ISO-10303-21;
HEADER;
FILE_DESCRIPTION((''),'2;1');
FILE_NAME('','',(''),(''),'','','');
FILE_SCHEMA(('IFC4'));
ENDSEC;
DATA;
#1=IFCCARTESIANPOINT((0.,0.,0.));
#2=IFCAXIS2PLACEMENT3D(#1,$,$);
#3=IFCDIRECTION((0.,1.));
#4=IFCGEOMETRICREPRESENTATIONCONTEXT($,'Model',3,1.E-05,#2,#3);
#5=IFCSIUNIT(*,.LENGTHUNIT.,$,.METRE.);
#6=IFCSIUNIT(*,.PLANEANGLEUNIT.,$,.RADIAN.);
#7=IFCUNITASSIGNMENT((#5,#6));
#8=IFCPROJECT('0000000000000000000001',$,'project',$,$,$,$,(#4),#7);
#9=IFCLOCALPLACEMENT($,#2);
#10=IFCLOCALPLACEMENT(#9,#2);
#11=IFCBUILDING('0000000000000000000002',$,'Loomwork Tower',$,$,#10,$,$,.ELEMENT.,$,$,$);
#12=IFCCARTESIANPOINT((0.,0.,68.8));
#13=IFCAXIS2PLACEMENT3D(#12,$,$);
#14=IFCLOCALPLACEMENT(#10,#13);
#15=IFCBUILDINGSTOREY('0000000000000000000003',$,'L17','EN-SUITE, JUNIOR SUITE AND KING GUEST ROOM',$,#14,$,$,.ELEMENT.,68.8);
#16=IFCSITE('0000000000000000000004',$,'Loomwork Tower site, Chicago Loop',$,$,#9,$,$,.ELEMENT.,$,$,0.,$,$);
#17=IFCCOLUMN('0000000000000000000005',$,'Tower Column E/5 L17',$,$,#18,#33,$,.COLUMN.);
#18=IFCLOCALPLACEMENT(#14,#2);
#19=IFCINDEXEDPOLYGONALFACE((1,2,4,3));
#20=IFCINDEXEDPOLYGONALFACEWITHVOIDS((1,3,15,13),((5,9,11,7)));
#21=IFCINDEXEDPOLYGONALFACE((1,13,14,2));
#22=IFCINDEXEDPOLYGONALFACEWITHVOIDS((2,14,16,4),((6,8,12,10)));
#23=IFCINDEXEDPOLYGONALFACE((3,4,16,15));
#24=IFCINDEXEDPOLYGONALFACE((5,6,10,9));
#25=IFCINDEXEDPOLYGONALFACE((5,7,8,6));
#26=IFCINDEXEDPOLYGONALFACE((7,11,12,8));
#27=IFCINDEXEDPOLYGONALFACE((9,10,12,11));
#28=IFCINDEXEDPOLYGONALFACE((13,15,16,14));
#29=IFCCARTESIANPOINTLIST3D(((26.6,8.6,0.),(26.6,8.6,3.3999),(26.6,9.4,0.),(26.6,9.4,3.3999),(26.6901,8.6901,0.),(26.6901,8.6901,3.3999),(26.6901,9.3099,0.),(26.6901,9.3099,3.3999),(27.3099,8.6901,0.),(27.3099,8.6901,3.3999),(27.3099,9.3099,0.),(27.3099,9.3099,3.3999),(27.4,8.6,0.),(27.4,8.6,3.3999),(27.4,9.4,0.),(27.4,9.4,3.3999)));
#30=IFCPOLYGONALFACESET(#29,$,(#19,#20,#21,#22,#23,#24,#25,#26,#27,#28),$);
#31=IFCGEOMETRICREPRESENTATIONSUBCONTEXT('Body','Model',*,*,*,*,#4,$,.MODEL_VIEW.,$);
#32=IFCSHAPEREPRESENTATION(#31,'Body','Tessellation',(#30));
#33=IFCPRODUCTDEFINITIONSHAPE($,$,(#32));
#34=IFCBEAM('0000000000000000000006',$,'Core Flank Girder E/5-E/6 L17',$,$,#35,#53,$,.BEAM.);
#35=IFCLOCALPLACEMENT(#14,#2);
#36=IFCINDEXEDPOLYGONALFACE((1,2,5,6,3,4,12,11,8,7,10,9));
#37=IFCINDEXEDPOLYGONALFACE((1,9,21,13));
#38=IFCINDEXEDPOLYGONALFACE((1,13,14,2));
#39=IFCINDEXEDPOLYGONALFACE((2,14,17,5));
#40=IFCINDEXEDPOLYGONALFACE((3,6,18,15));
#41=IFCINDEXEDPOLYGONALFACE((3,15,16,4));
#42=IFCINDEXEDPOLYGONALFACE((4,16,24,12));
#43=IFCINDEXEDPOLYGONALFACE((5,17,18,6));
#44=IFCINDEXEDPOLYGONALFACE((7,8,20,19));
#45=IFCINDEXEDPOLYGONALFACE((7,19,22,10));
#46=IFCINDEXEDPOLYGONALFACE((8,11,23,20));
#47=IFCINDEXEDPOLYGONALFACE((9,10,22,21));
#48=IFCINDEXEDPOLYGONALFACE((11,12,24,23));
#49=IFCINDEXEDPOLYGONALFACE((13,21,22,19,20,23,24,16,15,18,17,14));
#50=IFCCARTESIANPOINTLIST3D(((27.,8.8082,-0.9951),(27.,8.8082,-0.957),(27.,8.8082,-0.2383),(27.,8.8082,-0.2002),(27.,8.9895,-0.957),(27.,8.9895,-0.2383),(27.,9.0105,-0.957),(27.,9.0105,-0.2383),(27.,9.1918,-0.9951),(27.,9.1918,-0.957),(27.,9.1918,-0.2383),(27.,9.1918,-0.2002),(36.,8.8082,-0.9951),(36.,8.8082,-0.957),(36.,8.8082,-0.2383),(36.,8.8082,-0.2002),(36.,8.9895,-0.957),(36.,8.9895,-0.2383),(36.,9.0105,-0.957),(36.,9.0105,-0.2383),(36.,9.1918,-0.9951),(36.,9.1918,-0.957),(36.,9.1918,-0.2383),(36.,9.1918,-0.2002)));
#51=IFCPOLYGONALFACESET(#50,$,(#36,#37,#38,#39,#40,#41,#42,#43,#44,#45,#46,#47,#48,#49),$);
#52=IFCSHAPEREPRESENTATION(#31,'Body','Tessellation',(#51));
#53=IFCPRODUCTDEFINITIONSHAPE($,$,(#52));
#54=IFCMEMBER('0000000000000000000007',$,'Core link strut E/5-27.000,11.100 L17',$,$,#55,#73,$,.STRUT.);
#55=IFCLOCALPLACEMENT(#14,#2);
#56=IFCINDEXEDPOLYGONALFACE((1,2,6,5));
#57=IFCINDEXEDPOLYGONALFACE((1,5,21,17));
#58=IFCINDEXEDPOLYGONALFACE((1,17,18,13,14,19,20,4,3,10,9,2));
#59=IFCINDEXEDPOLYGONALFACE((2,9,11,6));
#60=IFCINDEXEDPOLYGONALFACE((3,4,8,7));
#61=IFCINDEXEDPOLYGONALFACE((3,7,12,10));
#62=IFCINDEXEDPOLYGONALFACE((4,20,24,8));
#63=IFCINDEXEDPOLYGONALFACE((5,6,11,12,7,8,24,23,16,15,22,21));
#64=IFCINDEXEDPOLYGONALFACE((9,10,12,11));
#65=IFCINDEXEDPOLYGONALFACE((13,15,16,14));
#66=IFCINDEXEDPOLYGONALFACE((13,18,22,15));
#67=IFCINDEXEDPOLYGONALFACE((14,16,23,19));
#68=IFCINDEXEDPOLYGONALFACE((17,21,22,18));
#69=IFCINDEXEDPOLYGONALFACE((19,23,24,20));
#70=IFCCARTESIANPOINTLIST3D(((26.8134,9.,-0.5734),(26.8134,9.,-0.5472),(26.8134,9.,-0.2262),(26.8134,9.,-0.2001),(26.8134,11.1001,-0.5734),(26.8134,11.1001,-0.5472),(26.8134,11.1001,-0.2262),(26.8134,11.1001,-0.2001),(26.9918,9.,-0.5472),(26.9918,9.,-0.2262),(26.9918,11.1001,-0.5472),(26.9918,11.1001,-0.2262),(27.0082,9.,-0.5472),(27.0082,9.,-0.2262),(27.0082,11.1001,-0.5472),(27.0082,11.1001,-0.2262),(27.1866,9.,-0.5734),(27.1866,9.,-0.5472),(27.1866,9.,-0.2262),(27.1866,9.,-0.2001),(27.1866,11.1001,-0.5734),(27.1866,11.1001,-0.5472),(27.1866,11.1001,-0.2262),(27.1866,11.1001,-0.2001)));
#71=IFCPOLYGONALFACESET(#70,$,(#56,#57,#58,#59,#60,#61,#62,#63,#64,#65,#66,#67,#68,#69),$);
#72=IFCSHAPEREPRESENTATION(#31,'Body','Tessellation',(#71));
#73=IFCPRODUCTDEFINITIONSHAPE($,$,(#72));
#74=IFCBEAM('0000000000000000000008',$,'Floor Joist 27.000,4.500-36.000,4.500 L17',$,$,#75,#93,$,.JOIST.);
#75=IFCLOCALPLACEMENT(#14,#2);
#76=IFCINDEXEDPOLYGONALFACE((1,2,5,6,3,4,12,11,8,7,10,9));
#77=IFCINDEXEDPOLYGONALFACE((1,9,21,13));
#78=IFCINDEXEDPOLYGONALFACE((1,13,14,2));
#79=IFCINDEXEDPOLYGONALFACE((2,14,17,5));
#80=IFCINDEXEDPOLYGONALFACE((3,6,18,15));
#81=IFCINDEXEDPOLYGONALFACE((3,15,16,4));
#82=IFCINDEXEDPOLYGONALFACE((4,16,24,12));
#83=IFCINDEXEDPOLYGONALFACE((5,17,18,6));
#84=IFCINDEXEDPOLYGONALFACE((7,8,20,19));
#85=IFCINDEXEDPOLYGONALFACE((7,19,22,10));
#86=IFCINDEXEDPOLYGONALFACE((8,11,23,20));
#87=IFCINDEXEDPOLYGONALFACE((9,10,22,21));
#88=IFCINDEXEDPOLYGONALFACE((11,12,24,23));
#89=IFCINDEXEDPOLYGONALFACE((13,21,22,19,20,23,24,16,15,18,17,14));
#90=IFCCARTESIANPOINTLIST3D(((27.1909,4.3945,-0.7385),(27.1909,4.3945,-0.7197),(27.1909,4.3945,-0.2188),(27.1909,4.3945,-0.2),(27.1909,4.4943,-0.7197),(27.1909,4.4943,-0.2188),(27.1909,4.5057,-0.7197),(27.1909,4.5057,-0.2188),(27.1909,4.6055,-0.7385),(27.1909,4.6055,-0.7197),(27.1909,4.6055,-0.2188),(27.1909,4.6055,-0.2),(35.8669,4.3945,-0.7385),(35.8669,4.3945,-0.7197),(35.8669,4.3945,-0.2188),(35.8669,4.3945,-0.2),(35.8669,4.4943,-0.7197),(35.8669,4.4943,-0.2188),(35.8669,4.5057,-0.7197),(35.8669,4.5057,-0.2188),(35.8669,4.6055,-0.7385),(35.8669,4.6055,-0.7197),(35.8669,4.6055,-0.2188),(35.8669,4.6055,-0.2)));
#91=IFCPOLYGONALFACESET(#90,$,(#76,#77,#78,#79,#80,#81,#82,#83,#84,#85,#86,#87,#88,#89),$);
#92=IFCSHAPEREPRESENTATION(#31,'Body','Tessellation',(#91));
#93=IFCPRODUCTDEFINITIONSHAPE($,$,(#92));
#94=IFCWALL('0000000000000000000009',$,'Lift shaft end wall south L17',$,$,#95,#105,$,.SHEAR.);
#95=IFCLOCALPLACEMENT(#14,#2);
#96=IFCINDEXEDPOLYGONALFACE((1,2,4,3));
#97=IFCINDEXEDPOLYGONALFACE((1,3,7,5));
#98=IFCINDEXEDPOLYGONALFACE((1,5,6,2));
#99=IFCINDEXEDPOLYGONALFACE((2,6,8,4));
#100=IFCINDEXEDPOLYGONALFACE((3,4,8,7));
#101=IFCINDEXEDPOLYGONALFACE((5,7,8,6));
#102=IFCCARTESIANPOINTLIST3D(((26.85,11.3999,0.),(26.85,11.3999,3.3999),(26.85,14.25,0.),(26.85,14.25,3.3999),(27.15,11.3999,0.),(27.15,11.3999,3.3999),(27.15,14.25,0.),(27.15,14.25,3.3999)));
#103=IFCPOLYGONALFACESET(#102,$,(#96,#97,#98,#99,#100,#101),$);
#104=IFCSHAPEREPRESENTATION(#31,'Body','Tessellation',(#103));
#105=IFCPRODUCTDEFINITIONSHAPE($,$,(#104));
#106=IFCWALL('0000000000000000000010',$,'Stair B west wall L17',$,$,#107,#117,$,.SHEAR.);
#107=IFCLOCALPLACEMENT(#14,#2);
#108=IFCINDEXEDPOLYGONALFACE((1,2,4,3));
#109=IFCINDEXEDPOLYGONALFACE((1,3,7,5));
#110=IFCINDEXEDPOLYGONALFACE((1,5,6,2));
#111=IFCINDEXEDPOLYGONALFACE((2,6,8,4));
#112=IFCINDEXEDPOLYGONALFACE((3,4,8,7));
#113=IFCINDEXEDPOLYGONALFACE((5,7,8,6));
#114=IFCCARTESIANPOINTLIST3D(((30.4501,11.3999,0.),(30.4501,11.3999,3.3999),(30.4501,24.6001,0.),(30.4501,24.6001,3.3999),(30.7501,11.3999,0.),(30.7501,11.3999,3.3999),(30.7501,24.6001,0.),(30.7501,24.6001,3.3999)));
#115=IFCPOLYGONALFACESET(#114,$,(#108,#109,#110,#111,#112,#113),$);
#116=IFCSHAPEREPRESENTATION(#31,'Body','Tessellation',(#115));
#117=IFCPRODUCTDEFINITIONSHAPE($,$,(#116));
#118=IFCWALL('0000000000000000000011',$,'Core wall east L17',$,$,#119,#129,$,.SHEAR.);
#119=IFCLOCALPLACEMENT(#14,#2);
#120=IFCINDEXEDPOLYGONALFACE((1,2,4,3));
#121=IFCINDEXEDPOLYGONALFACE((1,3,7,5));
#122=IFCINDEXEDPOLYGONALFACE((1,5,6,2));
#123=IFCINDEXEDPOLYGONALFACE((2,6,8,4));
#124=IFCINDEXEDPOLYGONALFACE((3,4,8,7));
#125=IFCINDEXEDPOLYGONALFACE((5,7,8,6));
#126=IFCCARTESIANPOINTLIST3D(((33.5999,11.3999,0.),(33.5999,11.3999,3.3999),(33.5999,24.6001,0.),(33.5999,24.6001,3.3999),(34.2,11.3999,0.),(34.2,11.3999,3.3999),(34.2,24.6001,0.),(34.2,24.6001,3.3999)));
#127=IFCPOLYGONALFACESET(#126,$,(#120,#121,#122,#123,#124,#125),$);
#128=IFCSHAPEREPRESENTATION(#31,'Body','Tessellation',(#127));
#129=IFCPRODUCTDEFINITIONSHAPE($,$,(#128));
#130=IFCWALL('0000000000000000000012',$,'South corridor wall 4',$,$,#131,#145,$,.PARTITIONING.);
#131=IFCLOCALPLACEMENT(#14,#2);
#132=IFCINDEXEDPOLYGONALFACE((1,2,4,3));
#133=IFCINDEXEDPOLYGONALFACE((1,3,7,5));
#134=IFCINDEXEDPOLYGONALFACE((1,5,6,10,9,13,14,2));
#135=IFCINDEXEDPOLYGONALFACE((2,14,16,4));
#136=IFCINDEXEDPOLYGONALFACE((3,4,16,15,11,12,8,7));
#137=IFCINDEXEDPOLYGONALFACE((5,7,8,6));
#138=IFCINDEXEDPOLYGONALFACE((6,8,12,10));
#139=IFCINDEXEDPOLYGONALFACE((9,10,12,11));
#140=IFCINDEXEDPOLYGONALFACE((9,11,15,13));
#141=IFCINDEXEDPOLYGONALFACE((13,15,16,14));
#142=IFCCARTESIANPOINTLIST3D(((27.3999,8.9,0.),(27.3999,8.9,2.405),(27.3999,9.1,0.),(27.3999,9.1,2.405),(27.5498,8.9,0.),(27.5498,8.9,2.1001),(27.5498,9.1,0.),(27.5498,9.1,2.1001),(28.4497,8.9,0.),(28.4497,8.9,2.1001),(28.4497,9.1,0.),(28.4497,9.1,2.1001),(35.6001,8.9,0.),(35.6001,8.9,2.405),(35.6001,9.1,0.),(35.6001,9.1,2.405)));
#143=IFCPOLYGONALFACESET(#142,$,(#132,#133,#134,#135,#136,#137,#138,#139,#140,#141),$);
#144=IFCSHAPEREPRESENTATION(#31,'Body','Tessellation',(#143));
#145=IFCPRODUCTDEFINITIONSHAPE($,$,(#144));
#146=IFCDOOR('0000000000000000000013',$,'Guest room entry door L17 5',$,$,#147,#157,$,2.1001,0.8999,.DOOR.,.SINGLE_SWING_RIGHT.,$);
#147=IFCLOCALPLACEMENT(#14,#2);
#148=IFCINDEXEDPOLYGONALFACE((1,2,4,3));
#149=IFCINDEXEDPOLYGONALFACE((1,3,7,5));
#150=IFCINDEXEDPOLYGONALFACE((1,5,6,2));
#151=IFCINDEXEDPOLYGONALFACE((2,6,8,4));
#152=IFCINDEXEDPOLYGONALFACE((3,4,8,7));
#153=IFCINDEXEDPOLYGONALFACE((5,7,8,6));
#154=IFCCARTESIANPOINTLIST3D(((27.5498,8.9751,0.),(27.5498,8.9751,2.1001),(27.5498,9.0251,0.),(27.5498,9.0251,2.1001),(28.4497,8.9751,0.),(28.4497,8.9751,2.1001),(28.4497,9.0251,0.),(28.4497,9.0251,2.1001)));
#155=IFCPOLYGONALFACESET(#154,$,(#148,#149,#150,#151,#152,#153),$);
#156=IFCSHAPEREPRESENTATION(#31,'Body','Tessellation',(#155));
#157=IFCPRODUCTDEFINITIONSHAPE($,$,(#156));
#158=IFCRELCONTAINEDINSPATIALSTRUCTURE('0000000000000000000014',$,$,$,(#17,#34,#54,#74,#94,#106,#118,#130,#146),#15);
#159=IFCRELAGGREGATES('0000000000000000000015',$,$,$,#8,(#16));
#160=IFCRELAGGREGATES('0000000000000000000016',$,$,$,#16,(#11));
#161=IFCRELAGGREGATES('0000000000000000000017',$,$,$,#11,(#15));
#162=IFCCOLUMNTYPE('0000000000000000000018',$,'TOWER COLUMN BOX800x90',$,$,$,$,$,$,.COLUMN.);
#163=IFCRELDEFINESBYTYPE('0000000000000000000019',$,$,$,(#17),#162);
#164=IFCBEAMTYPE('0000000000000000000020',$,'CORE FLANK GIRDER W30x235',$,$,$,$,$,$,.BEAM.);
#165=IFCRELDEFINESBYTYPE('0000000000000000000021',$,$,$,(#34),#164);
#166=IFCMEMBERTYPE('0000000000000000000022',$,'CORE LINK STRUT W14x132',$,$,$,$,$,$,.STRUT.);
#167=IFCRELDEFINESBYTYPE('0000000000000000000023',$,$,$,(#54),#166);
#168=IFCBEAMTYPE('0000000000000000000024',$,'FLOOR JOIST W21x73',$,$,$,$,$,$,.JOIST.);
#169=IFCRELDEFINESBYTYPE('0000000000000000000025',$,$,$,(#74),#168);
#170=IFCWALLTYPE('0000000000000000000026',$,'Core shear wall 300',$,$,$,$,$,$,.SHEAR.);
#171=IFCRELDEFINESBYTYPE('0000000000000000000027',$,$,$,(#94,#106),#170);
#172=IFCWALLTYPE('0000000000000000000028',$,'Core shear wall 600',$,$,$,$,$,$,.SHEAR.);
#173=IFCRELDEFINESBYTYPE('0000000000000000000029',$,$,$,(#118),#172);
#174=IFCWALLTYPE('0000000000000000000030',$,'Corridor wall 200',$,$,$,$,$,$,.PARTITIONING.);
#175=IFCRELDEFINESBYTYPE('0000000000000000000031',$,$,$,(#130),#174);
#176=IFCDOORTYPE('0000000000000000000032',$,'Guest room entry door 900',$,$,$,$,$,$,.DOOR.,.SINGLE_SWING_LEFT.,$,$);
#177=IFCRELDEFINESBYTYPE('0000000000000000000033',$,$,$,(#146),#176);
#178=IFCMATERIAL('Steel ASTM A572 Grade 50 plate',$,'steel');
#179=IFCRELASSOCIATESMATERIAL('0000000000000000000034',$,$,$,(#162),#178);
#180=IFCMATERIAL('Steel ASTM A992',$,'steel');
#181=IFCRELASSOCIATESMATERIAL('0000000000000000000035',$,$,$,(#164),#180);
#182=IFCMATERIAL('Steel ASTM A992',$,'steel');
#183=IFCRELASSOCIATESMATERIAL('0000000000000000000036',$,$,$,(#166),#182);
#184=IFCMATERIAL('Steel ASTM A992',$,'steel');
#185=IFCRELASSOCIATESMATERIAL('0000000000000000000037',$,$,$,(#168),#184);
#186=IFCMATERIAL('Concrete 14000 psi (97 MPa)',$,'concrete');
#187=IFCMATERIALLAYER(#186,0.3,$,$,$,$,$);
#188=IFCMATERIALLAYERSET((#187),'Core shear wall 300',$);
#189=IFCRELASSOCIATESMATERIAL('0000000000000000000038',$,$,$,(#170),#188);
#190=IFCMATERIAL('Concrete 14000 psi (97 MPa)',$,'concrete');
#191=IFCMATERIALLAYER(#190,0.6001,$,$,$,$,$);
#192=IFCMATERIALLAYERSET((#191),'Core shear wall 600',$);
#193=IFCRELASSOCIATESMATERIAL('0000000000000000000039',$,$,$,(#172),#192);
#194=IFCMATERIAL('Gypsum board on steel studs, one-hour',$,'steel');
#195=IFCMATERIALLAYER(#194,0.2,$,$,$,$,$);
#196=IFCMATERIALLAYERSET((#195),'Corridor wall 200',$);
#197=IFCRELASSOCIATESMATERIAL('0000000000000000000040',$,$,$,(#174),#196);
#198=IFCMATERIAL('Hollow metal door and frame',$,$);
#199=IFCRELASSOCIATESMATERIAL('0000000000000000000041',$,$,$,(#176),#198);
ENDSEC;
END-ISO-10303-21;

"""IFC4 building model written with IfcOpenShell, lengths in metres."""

from ifc_helpers import new_model, si_unit, direction, frame, frame_2d, origin, origin_2d, place, context, subcontext, project, spatial, rectangle, hollow_rectangle, i_section, extrude, material, layer, layer_set, material_profile, profile_set, type_object, element, fill, save


model = new_model("IFC4")

# Units and contexts
model_context = context("Model", 3, precision=1e-05, world=origin(), true_north=direction((0.0, 1.0)))
body_context = subcontext(model_context, "Body", "Model", "MODEL_VIEW")
ifc_project = project(units=[si_unit("LENGTHUNIT", "METRE"), si_unit("PLANEANGLEUNIT", "RADIAN")], contexts=[model_context])

# Site, building, storey
site_placement = place(None, origin())
site = spatial("IfcSite", under=ifc_project, at=site_placement, Name="Loomwork Tower site, Chicago Loop", CompositionType="ELEMENT", RefElevation=0.0)
building_placement = place(site_placement, origin())
building = spatial("IfcBuilding", under=site, at=building_placement, Name="Loomwork Tower", CompositionType="ELEMENT")
storey_placement = place(building_placement, frame((0.0, 0.0, 68.8)))
storey = spatial("IfcBuildingStorey", under=building, at=storey_placement, Name="L17", Description="EN-SUITE, JUNIOR SUITE AND KING GUEST ROOM", CompositionType="ELEMENT", Elevation=68.8)

# Column
ifc_material_1 = material(Name="Steel ASTM A572 Grade 50 plate", Category="steel")
ifc_material_profile_1 = material_profile(ifc_material_1, hollow_rectangle(XDim=0.8, YDim=0.8, WallThickness=0.0901, at=origin_2d()), Name="BOX800x90")
ifc_profile_set_1 = profile_set([ifc_material_profile_1], Name="Steel ASTM A572 Grade 50 plate")
column_type = type_object("IfcColumnType", Name="TOWER COLUMN BOX800x90", PredefinedType="COLUMN", material=ifc_profile_set_1)
column_placement = place(storey_placement, frame((27.0, 9.0, 0.0), z_axis=(0.0, 0.0, 1.0), x_axis=(1.0, 0.0, 0.0)))
element("IfcColumn", 1, at=column_placement, inside=storey, type_object=column_type, Name="Tower Column E/5 L17", PredefinedType="COLUMN", context=body_context, shape_type="SweptSolid", body=[
    extrude(hollow_rectangle(XDim=0.8, YDim=0.8, WallThickness=0.0901, at=origin_2d()), origin(), (0.0, 0.0, 1.0), 3.3999),
])

# Beam
ifc_material_2 = material(Name="Steel ASTM A992", Category="steel")
ifc_material_profile_2 = material_profile(ifc_material_2, i_section(OverallWidth=0.3835, OverallDepth=0.7949, WebThickness=0.021, FlangeThickness=0.0381, at=origin_2d()), Name="W30x235")
ifc_profile_set_2 = profile_set([ifc_material_profile_2], Name="Steel ASTM A992")
beam_type_1 = type_object("IfcBeamType", Name="CORE FLANK GIRDER W30x235", PredefinedType="BEAM", material=ifc_profile_set_2)
beam_1_placement = place(storey_placement, frame((27.0, 9.0, -0.5977), z_axis=(1.0, 0.0, 0.0), x_axis=(0.0, 1.0, 0.0)))
element("IfcBeam", 2, at=beam_1_placement, inside=storey, type_object=beam_type_1, Name="Core Flank Girder E/5-E/6 L17", PredefinedType="BEAM", context=body_context, shape_type="SweptSolid", body=[
    extrude(i_section(OverallWidth=0.3835, OverallDepth=0.7949, WebThickness=0.021, FlangeThickness=0.0381, at=origin_2d()), origin(), (0.0, 0.0, 1.0), 9.0),
])

# Member
ifc_material_3 = material(Name="Steel ASTM A992", Category="steel")
ifc_material_profile_3 = material_profile(ifc_material_3, i_section(OverallWidth=0.3733, OverallDepth=0.3733, WebThickness=0.0164, FlangeThickness=0.0261, at=origin_2d()), Name="W14x132")
ifc_profile_set_3 = profile_set([ifc_material_profile_3], Name="Steel ASTM A992")
member_type = type_object("IfcMemberType", Name="CORE LINK STRUT W14x132", PredefinedType="STRUT", material=ifc_profile_set_3)
member_placement = place(storey_placement, frame((27.0, 9.0, -0.3867), z_axis=(0.0, 1.0, 0.0), x_axis=(-1.0, 0.0, 0.0)))
element("IfcMember", 3, at=member_placement, inside=storey, type_object=member_type, Name="Core link strut E/5-27.000,11.100 L17", PredefinedType="STRUT", context=body_context, shape_type="SweptSolid", body=[
    extrude(i_section(OverallWidth=0.3733, OverallDepth=0.3733, WebThickness=0.0164, FlangeThickness=0.0261, at=origin_2d()), origin(), (0.0, 0.0, 1.0), 2.1001),
])

# Beam
ifc_material_4 = material(Name="Steel ASTM A992", Category="steel")
ifc_material_profile_4 = material_profile(ifc_material_4, i_section(OverallWidth=0.2109, OverallDepth=0.5386, WebThickness=0.0115, FlangeThickness=0.0188, at=origin_2d()), Name="W21x73")
ifc_profile_set_4 = profile_set([ifc_material_profile_4], Name="Steel ASTM A992")
beam_type_2 = type_object("IfcBeamType", Name="FLOOR JOIST W21x73", PredefinedType="JOIST", material=ifc_profile_set_4)
beam_2_placement = place(storey_placement, frame((27.1909, 4.5, -0.4692), z_axis=(1.0, 0.0, 0.0), x_axis=(0.0, 1.0, 0.0)))
element("IfcBeam", 4, at=beam_2_placement, inside=storey, type_object=beam_type_2, Name="Floor Joist 27.000,4.500-36.000,4.500 L17", PredefinedType="JOIST", context=body_context, shape_type="SweptSolid", body=[
    extrude(i_section(OverallWidth=0.2109, OverallDepth=0.5386, WebThickness=0.0115, FlangeThickness=0.0188, at=origin_2d()), origin(), (0.0, 0.0, 1.0), 8.676),
])

# Walls
ifc_material_5 = material(Name="Concrete 14000 psi (97 MPa)", Category="concrete")
ifc_layer_1 = layer(ifc_material_5, 0.3)
ifc_layer_set_1 = layer_set([ifc_layer_1], Name="Core shear wall 300")
wall_type_1 = type_object("IfcWallType", Name="Core shear wall 300", PredefinedType="SHEAR", material=ifc_layer_set_1)
wall_1_placement = place(storey_placement, frame((27.0, 11.3999, 0.0), z_axis=(0.0, 0.0, 1.0), x_axis=(0.0, 1.0, 0.0)))
element("IfcWall", 5, at=wall_1_placement, inside=storey, type_object=wall_type_1, Name="Lift shaft end wall south L17", PredefinedType="SHEAR", context=body_context, shape_type="SweptSolid", body=[
    extrude(rectangle(XDim=2.8501, YDim=0.3, at=frame_2d((1.425, 0.0))), origin(), (0.0, 0.0, 1.0), 3.3999),
])
wall_2_placement = place(storey_placement, frame((30.6001, 11.3999, 0.0), z_axis=(0.0, 0.0, 1.0), x_axis=(0.0, 1.0, 0.0)))
element("IfcWall", 6, at=wall_2_placement, inside=storey, type_object=wall_type_1, Name="Stair B west wall L17", PredefinedType="SHEAR", context=body_context, shape_type="SweptSolid", body=[
    extrude(rectangle(XDim=13.2002, YDim=0.3, at=frame_2d((6.6001, 0.0))), origin(), (0.0, 0.0, 1.0), 3.3999),
])
ifc_material_6 = material(Name="Concrete 14000 psi (97 MPa)", Category="concrete")
ifc_layer_2 = layer(ifc_material_6, 0.6001)
ifc_layer_set_2 = layer_set([ifc_layer_2], Name="Core shear wall 600")
wall_type_2 = type_object("IfcWallType", Name="Core shear wall 600", PredefinedType="SHEAR", material=ifc_layer_set_2)
wall_3_placement = place(storey_placement, frame((33.8999, 11.3999, 0.0), z_axis=(0.0, 0.0, 1.0), x_axis=(0.0, 1.0, 0.0)))
element("IfcWall", 7, at=wall_3_placement, inside=storey, type_object=wall_type_2, Name="Core wall east L17", PredefinedType="SHEAR", context=body_context, shape_type="SweptSolid", body=[
    extrude(rectangle(XDim=13.2002, YDim=0.6001, at=frame_2d((6.6001, 0.0))), origin(), (0.0, 0.0, 1.0), 3.3999),
])

# Wall, opening, door
ifc_material_7 = material(Name="Gypsum board on steel studs, one-hour", Category="steel")
ifc_layer_3 = layer(ifc_material_7, 0.2)
ifc_layer_set_3 = layer_set([ifc_layer_3], Name="Corridor wall 200")
wall_type_3 = type_object("IfcWallType", Name="Corridor wall 200", PredefinedType="PARTITIONING", material=ifc_layer_set_3)
wall_4_placement = place(storey_placement, frame((27.3999, 9.0, 0.0), z_axis=(0.0, 0.0, 1.0), x_axis=(1.0, 0.0, 0.0)))
wall_4 = element("IfcWall", 8, at=wall_4_placement, inside=storey, type_object=wall_type_3, Name="South corridor wall 4", PredefinedType="PARTITIONING", context=body_context, shape_type="SweptSolid", body=[
    extrude(rectangle(XDim=8.2002, YDim=0.2, at=frame_2d((4.1001, 0.0))), origin(), (0.0, 0.0, 1.0), 2.405),
])
opening_1_placement = place(wall_4_placement, frame((0.1499, 0.0, 0.0)))
opening_1 = element("IfcOpeningElement", 9, at=opening_1_placement, cuts=wall_4, PredefinedType="OPENING", context=body_context, shape_type="SweptSolid", body=[
    extrude(rectangle(XDim=0.8999, YDim=2.1001, at=frame_2d((0.45, 1.05))), frame((0.0, 0.1099, 0.0), z_axis=(0.0, -1.0, 0.0), x_axis=(1.0, 0.0, 0.0)), (0.0, 0.0, 1.0), 0.22),
])
ifc_material_8 = material(Name="Hollow metal door and frame")
door_type_1 = type_object("IfcDoorType", Name="Guest room entry door 900", OperationType="SINGLE_SWING_LEFT", PredefinedType="DOOR", material=ifc_material_8)
door_1_placement = place(opening_1_placement, frame((0.8999, 0.0, 0.0), z_axis=(0.0, 0.0, 1.0), x_axis=(-1.0, 0.0, 0.0)))
door_1 = element("IfcDoor", 10, at=door_1_placement, inside=storey, type_object=door_type_1, Name="Guest room entry door L17 5", OperationType="SINGLE_SWING_RIGHT", OverallHeight=2.1001, OverallWidth=0.8999, PredefinedType="DOOR", context=body_context, shape_type="SweptSolid", body=[
    extrude(rectangle(XDim=0.8999, YDim=2.1001, at=frame_2d((0.45, 1.05))), frame((0.0, 0.0249, 0.0), z_axis=(0.0, -1.0, 0.0), x_axis=(1.0, 0.0, 0.0)), (0.0, 0.0, 1.0), 0.05),
])
fill(opening_1, door_1)

save(model, "model.ifc")
